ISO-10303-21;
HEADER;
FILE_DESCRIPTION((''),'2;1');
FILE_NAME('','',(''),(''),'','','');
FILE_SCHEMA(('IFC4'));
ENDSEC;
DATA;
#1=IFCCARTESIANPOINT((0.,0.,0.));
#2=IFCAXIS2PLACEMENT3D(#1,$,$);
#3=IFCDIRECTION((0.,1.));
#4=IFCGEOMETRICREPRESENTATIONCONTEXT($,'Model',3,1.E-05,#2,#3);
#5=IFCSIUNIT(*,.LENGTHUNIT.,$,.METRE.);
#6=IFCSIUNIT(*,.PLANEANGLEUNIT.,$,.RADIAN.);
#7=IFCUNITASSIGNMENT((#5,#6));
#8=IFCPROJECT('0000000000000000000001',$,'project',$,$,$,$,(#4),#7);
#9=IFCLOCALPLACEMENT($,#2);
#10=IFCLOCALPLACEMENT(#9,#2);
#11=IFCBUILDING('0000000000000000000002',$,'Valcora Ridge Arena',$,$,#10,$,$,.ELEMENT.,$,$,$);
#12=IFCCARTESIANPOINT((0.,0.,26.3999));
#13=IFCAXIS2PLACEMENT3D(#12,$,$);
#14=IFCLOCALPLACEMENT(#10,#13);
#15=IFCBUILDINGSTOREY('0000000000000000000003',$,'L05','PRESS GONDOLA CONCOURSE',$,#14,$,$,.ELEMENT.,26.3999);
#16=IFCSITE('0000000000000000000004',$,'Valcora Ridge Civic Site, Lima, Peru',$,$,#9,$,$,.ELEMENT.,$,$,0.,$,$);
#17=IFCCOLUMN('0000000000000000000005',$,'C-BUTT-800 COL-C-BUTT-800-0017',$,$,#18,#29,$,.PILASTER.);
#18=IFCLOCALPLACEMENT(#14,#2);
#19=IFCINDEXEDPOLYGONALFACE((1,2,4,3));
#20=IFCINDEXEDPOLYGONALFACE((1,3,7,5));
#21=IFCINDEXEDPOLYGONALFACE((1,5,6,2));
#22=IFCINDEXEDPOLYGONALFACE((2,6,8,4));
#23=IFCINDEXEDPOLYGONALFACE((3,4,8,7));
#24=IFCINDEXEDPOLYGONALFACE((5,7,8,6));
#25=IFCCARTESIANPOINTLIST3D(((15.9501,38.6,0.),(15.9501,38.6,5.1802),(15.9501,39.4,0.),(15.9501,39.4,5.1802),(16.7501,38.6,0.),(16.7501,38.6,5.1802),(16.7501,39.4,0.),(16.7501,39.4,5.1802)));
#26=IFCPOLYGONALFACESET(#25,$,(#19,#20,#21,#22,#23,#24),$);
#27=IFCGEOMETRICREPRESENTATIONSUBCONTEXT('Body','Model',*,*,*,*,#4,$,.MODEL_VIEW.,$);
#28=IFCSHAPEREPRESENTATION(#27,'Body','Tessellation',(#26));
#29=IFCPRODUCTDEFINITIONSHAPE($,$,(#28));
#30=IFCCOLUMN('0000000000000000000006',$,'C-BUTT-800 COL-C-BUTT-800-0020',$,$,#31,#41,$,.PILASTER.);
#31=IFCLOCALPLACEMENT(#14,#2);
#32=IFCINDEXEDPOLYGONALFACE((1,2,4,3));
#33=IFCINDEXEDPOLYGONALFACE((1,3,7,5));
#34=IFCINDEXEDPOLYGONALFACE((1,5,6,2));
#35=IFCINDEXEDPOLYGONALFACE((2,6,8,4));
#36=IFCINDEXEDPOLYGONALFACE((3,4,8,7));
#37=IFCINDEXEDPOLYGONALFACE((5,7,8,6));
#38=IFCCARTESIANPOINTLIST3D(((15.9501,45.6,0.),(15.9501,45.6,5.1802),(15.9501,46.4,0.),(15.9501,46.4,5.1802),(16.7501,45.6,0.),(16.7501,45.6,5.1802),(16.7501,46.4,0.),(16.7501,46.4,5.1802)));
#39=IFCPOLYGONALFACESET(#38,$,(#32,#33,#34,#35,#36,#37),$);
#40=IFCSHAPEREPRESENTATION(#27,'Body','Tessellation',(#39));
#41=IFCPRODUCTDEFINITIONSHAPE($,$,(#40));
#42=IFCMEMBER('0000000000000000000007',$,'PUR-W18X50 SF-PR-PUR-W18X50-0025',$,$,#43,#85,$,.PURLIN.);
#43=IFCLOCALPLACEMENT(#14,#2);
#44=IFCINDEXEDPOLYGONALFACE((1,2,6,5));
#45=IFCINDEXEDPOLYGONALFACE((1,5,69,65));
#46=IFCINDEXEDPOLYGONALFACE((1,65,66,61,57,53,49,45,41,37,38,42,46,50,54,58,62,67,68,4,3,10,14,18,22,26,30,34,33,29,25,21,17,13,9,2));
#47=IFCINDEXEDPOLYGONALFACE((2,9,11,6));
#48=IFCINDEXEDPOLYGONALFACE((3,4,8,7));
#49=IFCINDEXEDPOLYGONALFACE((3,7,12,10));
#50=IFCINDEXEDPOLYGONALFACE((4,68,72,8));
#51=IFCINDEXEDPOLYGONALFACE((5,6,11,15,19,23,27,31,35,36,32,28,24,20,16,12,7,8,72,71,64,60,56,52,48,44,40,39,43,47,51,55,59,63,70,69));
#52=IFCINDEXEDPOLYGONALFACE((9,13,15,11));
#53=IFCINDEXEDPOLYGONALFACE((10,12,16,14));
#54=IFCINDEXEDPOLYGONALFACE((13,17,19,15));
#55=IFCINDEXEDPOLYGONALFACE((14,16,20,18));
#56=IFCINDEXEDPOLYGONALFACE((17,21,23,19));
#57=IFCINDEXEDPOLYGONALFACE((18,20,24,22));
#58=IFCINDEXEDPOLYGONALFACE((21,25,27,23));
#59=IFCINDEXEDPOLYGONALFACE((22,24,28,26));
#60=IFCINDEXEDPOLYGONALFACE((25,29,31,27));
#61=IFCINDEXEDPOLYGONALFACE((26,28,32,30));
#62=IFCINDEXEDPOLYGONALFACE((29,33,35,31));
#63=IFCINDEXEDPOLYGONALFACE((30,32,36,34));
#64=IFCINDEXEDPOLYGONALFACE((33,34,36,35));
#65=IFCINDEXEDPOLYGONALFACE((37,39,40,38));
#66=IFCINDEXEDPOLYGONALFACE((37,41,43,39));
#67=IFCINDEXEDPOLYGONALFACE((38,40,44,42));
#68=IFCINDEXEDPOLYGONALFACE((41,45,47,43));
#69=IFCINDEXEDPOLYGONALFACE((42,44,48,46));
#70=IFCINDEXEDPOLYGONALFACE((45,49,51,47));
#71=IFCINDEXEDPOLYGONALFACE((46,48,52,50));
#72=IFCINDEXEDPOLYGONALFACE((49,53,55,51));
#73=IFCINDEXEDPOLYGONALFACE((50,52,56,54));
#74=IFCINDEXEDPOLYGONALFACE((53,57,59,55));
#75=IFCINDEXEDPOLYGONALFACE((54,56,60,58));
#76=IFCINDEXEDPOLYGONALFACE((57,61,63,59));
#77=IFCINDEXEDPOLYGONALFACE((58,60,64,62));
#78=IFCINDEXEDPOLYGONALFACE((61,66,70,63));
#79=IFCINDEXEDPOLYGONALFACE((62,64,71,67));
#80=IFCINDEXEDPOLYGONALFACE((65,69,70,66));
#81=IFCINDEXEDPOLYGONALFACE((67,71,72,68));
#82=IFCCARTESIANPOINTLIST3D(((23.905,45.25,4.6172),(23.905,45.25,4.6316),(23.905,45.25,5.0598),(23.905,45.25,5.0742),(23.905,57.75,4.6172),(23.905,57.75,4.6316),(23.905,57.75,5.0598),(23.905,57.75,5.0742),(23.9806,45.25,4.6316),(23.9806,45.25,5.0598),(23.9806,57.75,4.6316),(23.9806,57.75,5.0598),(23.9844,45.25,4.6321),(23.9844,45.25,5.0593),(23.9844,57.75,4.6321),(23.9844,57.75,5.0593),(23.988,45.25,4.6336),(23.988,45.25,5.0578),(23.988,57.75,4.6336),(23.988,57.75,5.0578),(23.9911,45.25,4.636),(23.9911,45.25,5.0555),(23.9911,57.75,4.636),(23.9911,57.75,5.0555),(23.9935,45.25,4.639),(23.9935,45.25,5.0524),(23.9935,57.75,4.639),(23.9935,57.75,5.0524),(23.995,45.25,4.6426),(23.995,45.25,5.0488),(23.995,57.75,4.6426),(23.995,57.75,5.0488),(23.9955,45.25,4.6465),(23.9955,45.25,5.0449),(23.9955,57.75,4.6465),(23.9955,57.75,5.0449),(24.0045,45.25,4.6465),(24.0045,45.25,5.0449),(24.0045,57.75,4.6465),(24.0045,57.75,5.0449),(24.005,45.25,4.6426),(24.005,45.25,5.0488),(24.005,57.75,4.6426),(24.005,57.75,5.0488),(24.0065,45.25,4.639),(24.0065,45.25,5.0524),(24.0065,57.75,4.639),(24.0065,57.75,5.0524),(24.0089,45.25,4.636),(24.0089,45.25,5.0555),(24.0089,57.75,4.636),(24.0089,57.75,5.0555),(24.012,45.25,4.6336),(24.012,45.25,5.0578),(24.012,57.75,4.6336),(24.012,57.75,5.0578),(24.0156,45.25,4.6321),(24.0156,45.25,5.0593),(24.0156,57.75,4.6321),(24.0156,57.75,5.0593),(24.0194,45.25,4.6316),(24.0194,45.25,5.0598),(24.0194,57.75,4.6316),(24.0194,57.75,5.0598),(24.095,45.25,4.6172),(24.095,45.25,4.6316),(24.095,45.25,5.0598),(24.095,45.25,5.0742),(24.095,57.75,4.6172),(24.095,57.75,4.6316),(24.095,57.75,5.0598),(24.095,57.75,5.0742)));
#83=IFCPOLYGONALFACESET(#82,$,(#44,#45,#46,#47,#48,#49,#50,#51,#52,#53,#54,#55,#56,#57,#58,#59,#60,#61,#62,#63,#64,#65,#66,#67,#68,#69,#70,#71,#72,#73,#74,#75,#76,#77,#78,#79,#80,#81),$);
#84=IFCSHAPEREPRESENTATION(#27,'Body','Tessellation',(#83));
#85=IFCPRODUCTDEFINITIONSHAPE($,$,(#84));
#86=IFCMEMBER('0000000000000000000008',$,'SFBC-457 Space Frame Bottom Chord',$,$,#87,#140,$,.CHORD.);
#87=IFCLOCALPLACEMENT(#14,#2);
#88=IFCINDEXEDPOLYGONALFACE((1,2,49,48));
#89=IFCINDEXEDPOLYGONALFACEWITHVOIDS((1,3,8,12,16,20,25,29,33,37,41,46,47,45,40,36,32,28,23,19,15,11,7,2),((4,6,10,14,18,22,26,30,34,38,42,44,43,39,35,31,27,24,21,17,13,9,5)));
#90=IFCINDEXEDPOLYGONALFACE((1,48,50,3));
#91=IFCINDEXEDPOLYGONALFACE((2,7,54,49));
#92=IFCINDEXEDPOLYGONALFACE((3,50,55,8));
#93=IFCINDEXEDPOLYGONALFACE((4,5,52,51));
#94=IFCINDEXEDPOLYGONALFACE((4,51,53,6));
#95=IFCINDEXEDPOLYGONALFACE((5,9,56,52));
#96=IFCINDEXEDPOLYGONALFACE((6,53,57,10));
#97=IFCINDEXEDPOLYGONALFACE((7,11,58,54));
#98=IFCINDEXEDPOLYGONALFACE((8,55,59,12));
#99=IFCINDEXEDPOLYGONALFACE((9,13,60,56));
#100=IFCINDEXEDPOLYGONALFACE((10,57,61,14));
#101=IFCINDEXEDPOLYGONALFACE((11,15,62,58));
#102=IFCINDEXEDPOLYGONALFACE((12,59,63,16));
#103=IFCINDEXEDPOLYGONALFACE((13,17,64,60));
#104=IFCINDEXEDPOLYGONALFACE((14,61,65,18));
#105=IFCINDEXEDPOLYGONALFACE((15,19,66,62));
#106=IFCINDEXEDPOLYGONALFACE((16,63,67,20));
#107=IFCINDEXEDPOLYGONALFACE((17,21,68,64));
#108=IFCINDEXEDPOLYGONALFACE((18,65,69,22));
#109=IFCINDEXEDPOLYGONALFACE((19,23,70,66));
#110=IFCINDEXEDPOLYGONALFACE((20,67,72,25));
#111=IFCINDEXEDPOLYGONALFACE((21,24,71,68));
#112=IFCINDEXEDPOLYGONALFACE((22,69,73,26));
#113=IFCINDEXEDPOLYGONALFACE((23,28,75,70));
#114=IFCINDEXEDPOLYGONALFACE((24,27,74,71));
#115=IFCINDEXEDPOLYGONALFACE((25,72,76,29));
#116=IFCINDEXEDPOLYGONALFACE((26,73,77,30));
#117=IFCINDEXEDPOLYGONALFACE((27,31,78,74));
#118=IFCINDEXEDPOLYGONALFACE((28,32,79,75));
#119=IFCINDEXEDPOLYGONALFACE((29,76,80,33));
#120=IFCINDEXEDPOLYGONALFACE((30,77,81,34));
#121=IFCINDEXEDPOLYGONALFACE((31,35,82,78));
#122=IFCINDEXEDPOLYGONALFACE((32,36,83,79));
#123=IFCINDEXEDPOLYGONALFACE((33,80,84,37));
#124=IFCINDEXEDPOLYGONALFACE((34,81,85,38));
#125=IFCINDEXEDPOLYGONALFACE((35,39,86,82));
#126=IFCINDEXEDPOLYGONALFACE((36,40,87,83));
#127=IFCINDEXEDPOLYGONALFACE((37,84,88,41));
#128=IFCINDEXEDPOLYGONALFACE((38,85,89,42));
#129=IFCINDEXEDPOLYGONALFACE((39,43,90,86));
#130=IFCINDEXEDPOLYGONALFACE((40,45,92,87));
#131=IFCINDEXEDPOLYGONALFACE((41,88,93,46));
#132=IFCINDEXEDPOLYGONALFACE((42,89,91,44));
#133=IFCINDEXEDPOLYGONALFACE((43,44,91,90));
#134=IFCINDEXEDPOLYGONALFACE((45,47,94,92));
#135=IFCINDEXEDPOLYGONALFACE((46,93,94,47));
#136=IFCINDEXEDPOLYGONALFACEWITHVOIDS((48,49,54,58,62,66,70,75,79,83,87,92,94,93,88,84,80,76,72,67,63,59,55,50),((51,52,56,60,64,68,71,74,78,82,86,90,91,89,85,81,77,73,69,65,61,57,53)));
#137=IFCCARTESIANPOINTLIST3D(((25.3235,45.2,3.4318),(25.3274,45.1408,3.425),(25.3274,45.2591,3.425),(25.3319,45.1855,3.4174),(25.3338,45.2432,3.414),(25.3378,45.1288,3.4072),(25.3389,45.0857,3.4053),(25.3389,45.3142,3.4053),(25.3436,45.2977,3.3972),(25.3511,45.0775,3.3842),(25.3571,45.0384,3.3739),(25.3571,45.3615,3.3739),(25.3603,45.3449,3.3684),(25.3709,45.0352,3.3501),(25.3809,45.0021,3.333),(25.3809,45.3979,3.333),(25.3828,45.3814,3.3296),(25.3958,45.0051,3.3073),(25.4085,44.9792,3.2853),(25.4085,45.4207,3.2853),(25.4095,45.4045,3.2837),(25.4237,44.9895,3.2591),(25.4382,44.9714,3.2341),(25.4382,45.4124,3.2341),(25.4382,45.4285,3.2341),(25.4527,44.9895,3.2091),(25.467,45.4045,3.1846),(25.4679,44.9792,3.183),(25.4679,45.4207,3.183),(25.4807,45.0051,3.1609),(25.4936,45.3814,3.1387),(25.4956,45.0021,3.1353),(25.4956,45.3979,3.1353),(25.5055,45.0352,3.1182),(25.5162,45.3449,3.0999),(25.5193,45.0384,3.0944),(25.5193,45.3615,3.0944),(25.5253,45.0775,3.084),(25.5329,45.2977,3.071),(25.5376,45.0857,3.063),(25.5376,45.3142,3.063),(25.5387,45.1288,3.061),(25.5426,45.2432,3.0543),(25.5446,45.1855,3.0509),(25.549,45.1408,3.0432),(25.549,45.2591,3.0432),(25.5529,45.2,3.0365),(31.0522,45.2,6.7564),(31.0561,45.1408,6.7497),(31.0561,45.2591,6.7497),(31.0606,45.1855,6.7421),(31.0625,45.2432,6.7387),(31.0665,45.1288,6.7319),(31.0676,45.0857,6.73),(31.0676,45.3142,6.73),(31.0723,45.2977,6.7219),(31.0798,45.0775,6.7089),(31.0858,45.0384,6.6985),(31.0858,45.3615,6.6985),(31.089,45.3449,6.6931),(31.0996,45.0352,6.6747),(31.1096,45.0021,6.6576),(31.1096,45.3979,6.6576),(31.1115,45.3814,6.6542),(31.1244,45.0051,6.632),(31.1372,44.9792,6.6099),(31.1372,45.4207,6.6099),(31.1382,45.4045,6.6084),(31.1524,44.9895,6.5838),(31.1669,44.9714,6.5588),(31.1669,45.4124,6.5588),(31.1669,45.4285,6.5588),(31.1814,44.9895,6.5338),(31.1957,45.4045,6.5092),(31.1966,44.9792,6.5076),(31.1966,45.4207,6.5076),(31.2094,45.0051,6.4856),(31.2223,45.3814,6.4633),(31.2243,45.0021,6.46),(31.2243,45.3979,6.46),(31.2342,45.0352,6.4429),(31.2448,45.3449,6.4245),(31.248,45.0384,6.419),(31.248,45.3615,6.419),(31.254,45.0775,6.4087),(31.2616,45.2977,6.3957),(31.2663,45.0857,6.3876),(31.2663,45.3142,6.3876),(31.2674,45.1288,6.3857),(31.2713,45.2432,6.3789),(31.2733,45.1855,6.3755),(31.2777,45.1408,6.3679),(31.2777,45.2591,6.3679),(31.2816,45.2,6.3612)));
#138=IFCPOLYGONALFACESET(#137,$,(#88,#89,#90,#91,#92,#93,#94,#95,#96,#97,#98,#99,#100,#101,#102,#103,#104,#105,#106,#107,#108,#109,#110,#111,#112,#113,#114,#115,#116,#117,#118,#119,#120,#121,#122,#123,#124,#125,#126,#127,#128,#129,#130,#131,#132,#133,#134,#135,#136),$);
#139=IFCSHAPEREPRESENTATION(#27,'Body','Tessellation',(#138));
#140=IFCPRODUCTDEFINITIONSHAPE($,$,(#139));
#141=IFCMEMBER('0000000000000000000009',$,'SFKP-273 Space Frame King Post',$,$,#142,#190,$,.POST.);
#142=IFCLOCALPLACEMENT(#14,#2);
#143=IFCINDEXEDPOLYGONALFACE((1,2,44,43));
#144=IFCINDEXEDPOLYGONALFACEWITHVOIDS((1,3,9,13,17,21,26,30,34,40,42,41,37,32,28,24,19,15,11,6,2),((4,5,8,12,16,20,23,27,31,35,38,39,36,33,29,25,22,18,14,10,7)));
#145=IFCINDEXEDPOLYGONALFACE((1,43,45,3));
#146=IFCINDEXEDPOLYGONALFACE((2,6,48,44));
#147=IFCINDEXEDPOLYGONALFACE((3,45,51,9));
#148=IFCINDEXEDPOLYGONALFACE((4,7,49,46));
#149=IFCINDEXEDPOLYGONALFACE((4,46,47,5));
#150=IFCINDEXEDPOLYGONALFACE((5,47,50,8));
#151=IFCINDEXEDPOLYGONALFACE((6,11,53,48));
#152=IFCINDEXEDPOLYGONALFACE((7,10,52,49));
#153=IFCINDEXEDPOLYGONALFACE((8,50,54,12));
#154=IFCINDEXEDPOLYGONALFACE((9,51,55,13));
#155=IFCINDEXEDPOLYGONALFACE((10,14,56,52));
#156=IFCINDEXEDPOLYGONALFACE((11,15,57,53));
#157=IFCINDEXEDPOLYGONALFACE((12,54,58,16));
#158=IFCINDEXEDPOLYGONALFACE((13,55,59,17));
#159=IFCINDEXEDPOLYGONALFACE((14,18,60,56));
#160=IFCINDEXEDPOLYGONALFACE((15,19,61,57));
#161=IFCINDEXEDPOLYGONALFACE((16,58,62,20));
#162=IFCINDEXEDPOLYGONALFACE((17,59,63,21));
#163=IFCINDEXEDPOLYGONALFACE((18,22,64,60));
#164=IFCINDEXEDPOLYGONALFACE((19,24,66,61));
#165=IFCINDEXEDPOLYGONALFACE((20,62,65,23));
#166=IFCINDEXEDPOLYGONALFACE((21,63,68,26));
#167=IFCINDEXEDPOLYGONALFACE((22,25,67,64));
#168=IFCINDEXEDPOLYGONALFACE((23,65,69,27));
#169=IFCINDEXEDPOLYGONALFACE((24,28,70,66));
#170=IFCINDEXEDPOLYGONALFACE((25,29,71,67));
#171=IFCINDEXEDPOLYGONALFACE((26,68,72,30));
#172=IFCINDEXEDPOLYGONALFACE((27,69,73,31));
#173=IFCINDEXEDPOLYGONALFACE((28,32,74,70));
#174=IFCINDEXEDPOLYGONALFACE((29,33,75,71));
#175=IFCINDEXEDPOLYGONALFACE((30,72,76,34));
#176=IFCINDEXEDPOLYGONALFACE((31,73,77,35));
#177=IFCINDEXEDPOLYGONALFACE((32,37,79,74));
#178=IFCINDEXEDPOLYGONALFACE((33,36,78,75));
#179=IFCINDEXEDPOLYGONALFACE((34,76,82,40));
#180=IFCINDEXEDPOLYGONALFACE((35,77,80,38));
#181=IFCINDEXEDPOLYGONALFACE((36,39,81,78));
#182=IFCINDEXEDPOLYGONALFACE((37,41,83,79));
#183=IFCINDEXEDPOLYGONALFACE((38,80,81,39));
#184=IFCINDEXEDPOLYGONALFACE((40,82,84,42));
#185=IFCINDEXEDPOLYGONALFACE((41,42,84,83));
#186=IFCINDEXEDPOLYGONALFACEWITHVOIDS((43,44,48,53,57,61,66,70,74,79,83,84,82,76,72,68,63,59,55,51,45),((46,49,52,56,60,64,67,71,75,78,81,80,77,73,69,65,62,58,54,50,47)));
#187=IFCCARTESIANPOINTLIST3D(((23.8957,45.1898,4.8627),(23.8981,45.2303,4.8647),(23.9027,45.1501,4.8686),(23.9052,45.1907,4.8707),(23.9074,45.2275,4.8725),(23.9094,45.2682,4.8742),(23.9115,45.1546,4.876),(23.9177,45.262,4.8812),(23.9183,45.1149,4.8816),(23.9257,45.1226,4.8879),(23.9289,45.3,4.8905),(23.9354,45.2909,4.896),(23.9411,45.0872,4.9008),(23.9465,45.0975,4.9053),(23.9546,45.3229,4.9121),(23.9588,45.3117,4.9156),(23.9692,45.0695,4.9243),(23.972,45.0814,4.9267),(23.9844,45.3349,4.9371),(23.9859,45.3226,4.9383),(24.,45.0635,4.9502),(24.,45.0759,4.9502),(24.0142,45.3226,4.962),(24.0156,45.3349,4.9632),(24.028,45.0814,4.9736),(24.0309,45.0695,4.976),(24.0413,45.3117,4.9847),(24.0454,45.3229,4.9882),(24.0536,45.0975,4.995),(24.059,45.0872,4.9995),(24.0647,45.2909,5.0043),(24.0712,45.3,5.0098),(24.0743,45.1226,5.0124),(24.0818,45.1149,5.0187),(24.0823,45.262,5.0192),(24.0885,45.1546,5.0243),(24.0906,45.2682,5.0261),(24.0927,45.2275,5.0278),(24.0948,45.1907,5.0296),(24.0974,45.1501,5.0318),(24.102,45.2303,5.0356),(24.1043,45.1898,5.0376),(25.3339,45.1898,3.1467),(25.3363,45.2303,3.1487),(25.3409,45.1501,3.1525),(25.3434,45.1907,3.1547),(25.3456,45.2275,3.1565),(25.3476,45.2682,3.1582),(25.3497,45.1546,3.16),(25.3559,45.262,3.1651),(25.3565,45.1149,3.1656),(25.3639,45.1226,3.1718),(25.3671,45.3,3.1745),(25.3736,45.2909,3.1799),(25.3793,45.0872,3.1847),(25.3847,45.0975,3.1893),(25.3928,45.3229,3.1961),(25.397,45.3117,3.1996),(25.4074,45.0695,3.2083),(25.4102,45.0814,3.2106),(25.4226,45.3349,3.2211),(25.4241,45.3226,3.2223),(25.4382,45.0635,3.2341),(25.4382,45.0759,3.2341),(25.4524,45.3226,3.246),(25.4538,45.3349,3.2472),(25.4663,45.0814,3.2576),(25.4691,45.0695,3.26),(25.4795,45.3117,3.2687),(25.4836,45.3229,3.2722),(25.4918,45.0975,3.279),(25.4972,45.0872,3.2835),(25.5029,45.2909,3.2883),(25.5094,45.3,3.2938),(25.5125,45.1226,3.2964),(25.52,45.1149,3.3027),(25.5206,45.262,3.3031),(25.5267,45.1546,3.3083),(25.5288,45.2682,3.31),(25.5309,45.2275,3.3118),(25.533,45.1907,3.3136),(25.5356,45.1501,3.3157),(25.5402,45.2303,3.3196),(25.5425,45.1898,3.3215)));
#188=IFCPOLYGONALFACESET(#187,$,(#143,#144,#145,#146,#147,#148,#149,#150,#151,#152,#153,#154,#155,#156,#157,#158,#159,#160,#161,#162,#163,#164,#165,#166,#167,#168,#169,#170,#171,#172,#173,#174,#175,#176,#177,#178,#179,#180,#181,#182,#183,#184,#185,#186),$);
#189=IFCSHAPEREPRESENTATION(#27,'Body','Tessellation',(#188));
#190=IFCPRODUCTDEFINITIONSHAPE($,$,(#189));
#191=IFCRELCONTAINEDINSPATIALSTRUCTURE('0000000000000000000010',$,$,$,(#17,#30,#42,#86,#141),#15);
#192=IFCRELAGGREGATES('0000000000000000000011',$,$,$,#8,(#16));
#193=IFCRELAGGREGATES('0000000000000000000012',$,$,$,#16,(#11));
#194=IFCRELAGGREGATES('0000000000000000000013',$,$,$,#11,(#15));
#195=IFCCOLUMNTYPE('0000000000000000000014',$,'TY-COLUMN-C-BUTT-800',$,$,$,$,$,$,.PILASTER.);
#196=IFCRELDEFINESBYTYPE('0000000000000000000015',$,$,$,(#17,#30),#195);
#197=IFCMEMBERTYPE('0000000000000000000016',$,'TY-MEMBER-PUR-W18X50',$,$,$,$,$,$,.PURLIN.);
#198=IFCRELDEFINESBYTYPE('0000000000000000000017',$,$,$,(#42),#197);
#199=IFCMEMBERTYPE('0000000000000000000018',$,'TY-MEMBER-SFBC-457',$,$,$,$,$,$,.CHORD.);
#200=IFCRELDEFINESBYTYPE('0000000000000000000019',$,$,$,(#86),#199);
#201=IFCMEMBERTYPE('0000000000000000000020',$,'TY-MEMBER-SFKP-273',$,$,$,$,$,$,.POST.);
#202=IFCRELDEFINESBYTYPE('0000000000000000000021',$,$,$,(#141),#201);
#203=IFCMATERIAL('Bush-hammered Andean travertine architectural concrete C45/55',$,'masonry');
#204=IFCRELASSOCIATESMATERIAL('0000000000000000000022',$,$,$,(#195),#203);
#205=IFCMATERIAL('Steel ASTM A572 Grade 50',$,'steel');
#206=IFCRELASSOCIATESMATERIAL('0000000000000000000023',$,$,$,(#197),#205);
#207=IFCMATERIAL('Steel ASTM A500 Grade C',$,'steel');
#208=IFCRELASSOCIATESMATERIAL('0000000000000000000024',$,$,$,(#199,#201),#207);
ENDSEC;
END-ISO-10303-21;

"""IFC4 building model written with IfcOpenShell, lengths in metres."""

from ifc_helpers import new_model, si_unit, direction, frame, origin, origin_2d, place, context, subcontext, project, spatial, rectangle, hollow_circle, i_section, extrude, material, material_profile, profile_set, type_object, element, save


model = new_model("IFC4")

# Units and contexts
model_context = context("Model", 3, precision=1e-05, world=origin(), true_north=direction((0.0, 1.0)))
body_context = subcontext(model_context, "Body", "Model", "MODEL_VIEW")
ifc_project = project(units=[si_unit("LENGTHUNIT", "METRE"), si_unit("PLANEANGLEUNIT", "RADIAN")], contexts=[model_context])

# Site, building, storey
site_placement = place(None, origin())
site = spatial("IfcSite", under=ifc_project, at=site_placement, Name="Valcora Ridge Civic Site, Lima, Peru", CompositionType="ELEMENT", RefElevation=0.0)
building_placement = place(site_placement, origin())
building = spatial("IfcBuilding", under=site, at=building_placement, Name="Valcora Ridge Arena", CompositionType="ELEMENT")
storey_placement = place(building_placement, frame((0.0, 0.0, 26.3999)))
storey = spatial("IfcBuildingStorey", under=building, at=storey_placement, Name="L05", Description="PRESS GONDOLA CONCOURSE", CompositionType="ELEMENT", Elevation=26.3999)

# Columns
ifc_material_1 = material(Name="Bush-hammered Andean travertine architectural concrete C45/55", Category="masonry")
ifc_material_profile_1 = material_profile(ifc_material_1, rectangle(XDim=0.8, YDim=0.8, at=origin_2d()), Name="RC 800x800")
ifc_profile_set_1 = profile_set([ifc_material_profile_1], Name="Bush-hammered Andean travertine architectural concrete C45/55")
column_type = type_object("IfcColumnType", Name="TY-COLUMN-C-BUTT-800", PredefinedType="PILASTER", material=ifc_profile_set_1)
for number, where, z_axis, x_axis, name in (
    (1, (16.3501, 39.0, 0.0), (0.0, 0.0, 1.0), (1.0, 0.0, 0.0), "C-BUTT-800 COL-C-BUTT-800-0017"),
    (2, (16.3501, 46.0, 0.0), (0.0, 0.0, 1.0), (1.0, 0.0, 0.0), "C-BUTT-800 COL-C-BUTT-800-0020"),
):
    element("IfcColumn", number, at=place(storey_placement, frame(where, z_axis=z_axis, x_axis=x_axis)), inside=storey, type_object=column_type, Name=name, PredefinedType="PILASTER", context=body_context, shape_type="SweptSolid", body=[
        extrude(rectangle(XDim=0.8, YDim=0.8, at=origin_2d()), origin(), (0.0, 0.0, 1.0), 5.1802),
    ])

# Members
ifc_material_2 = material(Name="Steel ASTM A572 Grade 50", Category="steel")
ifc_material_profile_2 = material_profile(ifc_material_2, i_section(OverallWidth=0.1899, OverallDepth=0.457, WebThickness=0.009, FlangeThickness=0.0144, FilletRadius=0.0149, at=origin_2d()), Name="W18X50")
ifc_profile_set_2 = profile_set([ifc_material_profile_2], Name="Steel ASTM A572 Grade 50")
member_type_1 = type_object("IfcMemberType", Name="TY-MEMBER-PUR-W18X50", PredefinedType="PURLIN", material=ifc_profile_set_2)
member_1_placement = place(storey_placement, frame((24.0, 45.25, 4.8457), z_axis=(0.0, 1.0, 0.0), x_axis=(-1.0, 0.0, 0.0)))
element("IfcMember", 3, at=member_1_placement, inside=storey, type_object=member_type_1, Name="PUR-W18X50 SF-PR-PUR-W18X50-0025", PredefinedType="PURLIN", context=body_context, shape_type="SweptSolid", body=[
    extrude(i_section(OverallWidth=0.1899, OverallDepth=0.457, WebThickness=0.009, FlangeThickness=0.0144, FilletRadius=0.0149, at=origin_2d()), origin(), (0.0, 0.0, 1.0), 12.5),
])
ifc_material_3 = material(Name="Steel ASTM A500 Grade C", Category="steel")
ifc_material_profile_3 = material_profile(ifc_material_3, hollow_circle(Radius=0.2285, WallThickness=0.0161, at=origin_2d()), Name="CHS457X16")
ifc_profile_set_3 = profile_set([ifc_material_profile_3], Name="Steel ASTM A500 Grade C")
member_type_2 = type_object("IfcMemberType", Name="TY-MEMBER-SFBC-457", PredefinedType="CHORD", material=ifc_profile_set_3)
member_2_placement = place(storey_placement, frame((25.4382, 45.2, 3.2341), z_axis=(0.864898, 0.0, 0.501947), x_axis=(0.0, 1.0, 0.0)))
element("IfcMember", 4, at=member_2_placement, inside=storey, type_object=member_type_2, Name="SFBC-457 Space Frame Bottom Chord", PredefinedType="CHORD", context=body_context, shape_type="SweptSolid", body=[
    extrude(hollow_circle(Radius=0.2285, WallThickness=0.0161, at=origin_2d()), origin(), (0.0, 0.0, 1.0), 6.6235),
])
ifc_material_profile_4 = material_profile(ifc_material_3, hollow_circle(Radius=0.1365, WallThickness=0.0125, at=origin_2d()), Name="CHS273X12")
ifc_profile_set_4 = profile_set([ifc_material_profile_4], Name="Steel ASTM A500 Grade C")
member_type_3 = type_object("IfcMemberType", Name="TY-MEMBER-SFKP-273", PredefinedType="POST", material=ifc_profile_set_4)
member_3_placement = place(storey_placement, frame((25.4382, 45.2, 3.2341), z_axis=(-0.642338, 0.0, 0.766422), x_axis=(0.0, -1.0, 0.0)))
element("IfcMember", 5, at=member_3_placement, inside=storey, type_object=member_type_3, Name="SFKP-273 Space Frame King Post", PredefinedType="POST", context=body_context, shape_type="SweptSolid", body=[
    extrude(hollow_circle(Radius=0.1365, WallThickness=0.0125, at=origin_2d()), origin(), (0.0, 0.0, 1.0), 2.239),
])

save(model, "model.ifc")
